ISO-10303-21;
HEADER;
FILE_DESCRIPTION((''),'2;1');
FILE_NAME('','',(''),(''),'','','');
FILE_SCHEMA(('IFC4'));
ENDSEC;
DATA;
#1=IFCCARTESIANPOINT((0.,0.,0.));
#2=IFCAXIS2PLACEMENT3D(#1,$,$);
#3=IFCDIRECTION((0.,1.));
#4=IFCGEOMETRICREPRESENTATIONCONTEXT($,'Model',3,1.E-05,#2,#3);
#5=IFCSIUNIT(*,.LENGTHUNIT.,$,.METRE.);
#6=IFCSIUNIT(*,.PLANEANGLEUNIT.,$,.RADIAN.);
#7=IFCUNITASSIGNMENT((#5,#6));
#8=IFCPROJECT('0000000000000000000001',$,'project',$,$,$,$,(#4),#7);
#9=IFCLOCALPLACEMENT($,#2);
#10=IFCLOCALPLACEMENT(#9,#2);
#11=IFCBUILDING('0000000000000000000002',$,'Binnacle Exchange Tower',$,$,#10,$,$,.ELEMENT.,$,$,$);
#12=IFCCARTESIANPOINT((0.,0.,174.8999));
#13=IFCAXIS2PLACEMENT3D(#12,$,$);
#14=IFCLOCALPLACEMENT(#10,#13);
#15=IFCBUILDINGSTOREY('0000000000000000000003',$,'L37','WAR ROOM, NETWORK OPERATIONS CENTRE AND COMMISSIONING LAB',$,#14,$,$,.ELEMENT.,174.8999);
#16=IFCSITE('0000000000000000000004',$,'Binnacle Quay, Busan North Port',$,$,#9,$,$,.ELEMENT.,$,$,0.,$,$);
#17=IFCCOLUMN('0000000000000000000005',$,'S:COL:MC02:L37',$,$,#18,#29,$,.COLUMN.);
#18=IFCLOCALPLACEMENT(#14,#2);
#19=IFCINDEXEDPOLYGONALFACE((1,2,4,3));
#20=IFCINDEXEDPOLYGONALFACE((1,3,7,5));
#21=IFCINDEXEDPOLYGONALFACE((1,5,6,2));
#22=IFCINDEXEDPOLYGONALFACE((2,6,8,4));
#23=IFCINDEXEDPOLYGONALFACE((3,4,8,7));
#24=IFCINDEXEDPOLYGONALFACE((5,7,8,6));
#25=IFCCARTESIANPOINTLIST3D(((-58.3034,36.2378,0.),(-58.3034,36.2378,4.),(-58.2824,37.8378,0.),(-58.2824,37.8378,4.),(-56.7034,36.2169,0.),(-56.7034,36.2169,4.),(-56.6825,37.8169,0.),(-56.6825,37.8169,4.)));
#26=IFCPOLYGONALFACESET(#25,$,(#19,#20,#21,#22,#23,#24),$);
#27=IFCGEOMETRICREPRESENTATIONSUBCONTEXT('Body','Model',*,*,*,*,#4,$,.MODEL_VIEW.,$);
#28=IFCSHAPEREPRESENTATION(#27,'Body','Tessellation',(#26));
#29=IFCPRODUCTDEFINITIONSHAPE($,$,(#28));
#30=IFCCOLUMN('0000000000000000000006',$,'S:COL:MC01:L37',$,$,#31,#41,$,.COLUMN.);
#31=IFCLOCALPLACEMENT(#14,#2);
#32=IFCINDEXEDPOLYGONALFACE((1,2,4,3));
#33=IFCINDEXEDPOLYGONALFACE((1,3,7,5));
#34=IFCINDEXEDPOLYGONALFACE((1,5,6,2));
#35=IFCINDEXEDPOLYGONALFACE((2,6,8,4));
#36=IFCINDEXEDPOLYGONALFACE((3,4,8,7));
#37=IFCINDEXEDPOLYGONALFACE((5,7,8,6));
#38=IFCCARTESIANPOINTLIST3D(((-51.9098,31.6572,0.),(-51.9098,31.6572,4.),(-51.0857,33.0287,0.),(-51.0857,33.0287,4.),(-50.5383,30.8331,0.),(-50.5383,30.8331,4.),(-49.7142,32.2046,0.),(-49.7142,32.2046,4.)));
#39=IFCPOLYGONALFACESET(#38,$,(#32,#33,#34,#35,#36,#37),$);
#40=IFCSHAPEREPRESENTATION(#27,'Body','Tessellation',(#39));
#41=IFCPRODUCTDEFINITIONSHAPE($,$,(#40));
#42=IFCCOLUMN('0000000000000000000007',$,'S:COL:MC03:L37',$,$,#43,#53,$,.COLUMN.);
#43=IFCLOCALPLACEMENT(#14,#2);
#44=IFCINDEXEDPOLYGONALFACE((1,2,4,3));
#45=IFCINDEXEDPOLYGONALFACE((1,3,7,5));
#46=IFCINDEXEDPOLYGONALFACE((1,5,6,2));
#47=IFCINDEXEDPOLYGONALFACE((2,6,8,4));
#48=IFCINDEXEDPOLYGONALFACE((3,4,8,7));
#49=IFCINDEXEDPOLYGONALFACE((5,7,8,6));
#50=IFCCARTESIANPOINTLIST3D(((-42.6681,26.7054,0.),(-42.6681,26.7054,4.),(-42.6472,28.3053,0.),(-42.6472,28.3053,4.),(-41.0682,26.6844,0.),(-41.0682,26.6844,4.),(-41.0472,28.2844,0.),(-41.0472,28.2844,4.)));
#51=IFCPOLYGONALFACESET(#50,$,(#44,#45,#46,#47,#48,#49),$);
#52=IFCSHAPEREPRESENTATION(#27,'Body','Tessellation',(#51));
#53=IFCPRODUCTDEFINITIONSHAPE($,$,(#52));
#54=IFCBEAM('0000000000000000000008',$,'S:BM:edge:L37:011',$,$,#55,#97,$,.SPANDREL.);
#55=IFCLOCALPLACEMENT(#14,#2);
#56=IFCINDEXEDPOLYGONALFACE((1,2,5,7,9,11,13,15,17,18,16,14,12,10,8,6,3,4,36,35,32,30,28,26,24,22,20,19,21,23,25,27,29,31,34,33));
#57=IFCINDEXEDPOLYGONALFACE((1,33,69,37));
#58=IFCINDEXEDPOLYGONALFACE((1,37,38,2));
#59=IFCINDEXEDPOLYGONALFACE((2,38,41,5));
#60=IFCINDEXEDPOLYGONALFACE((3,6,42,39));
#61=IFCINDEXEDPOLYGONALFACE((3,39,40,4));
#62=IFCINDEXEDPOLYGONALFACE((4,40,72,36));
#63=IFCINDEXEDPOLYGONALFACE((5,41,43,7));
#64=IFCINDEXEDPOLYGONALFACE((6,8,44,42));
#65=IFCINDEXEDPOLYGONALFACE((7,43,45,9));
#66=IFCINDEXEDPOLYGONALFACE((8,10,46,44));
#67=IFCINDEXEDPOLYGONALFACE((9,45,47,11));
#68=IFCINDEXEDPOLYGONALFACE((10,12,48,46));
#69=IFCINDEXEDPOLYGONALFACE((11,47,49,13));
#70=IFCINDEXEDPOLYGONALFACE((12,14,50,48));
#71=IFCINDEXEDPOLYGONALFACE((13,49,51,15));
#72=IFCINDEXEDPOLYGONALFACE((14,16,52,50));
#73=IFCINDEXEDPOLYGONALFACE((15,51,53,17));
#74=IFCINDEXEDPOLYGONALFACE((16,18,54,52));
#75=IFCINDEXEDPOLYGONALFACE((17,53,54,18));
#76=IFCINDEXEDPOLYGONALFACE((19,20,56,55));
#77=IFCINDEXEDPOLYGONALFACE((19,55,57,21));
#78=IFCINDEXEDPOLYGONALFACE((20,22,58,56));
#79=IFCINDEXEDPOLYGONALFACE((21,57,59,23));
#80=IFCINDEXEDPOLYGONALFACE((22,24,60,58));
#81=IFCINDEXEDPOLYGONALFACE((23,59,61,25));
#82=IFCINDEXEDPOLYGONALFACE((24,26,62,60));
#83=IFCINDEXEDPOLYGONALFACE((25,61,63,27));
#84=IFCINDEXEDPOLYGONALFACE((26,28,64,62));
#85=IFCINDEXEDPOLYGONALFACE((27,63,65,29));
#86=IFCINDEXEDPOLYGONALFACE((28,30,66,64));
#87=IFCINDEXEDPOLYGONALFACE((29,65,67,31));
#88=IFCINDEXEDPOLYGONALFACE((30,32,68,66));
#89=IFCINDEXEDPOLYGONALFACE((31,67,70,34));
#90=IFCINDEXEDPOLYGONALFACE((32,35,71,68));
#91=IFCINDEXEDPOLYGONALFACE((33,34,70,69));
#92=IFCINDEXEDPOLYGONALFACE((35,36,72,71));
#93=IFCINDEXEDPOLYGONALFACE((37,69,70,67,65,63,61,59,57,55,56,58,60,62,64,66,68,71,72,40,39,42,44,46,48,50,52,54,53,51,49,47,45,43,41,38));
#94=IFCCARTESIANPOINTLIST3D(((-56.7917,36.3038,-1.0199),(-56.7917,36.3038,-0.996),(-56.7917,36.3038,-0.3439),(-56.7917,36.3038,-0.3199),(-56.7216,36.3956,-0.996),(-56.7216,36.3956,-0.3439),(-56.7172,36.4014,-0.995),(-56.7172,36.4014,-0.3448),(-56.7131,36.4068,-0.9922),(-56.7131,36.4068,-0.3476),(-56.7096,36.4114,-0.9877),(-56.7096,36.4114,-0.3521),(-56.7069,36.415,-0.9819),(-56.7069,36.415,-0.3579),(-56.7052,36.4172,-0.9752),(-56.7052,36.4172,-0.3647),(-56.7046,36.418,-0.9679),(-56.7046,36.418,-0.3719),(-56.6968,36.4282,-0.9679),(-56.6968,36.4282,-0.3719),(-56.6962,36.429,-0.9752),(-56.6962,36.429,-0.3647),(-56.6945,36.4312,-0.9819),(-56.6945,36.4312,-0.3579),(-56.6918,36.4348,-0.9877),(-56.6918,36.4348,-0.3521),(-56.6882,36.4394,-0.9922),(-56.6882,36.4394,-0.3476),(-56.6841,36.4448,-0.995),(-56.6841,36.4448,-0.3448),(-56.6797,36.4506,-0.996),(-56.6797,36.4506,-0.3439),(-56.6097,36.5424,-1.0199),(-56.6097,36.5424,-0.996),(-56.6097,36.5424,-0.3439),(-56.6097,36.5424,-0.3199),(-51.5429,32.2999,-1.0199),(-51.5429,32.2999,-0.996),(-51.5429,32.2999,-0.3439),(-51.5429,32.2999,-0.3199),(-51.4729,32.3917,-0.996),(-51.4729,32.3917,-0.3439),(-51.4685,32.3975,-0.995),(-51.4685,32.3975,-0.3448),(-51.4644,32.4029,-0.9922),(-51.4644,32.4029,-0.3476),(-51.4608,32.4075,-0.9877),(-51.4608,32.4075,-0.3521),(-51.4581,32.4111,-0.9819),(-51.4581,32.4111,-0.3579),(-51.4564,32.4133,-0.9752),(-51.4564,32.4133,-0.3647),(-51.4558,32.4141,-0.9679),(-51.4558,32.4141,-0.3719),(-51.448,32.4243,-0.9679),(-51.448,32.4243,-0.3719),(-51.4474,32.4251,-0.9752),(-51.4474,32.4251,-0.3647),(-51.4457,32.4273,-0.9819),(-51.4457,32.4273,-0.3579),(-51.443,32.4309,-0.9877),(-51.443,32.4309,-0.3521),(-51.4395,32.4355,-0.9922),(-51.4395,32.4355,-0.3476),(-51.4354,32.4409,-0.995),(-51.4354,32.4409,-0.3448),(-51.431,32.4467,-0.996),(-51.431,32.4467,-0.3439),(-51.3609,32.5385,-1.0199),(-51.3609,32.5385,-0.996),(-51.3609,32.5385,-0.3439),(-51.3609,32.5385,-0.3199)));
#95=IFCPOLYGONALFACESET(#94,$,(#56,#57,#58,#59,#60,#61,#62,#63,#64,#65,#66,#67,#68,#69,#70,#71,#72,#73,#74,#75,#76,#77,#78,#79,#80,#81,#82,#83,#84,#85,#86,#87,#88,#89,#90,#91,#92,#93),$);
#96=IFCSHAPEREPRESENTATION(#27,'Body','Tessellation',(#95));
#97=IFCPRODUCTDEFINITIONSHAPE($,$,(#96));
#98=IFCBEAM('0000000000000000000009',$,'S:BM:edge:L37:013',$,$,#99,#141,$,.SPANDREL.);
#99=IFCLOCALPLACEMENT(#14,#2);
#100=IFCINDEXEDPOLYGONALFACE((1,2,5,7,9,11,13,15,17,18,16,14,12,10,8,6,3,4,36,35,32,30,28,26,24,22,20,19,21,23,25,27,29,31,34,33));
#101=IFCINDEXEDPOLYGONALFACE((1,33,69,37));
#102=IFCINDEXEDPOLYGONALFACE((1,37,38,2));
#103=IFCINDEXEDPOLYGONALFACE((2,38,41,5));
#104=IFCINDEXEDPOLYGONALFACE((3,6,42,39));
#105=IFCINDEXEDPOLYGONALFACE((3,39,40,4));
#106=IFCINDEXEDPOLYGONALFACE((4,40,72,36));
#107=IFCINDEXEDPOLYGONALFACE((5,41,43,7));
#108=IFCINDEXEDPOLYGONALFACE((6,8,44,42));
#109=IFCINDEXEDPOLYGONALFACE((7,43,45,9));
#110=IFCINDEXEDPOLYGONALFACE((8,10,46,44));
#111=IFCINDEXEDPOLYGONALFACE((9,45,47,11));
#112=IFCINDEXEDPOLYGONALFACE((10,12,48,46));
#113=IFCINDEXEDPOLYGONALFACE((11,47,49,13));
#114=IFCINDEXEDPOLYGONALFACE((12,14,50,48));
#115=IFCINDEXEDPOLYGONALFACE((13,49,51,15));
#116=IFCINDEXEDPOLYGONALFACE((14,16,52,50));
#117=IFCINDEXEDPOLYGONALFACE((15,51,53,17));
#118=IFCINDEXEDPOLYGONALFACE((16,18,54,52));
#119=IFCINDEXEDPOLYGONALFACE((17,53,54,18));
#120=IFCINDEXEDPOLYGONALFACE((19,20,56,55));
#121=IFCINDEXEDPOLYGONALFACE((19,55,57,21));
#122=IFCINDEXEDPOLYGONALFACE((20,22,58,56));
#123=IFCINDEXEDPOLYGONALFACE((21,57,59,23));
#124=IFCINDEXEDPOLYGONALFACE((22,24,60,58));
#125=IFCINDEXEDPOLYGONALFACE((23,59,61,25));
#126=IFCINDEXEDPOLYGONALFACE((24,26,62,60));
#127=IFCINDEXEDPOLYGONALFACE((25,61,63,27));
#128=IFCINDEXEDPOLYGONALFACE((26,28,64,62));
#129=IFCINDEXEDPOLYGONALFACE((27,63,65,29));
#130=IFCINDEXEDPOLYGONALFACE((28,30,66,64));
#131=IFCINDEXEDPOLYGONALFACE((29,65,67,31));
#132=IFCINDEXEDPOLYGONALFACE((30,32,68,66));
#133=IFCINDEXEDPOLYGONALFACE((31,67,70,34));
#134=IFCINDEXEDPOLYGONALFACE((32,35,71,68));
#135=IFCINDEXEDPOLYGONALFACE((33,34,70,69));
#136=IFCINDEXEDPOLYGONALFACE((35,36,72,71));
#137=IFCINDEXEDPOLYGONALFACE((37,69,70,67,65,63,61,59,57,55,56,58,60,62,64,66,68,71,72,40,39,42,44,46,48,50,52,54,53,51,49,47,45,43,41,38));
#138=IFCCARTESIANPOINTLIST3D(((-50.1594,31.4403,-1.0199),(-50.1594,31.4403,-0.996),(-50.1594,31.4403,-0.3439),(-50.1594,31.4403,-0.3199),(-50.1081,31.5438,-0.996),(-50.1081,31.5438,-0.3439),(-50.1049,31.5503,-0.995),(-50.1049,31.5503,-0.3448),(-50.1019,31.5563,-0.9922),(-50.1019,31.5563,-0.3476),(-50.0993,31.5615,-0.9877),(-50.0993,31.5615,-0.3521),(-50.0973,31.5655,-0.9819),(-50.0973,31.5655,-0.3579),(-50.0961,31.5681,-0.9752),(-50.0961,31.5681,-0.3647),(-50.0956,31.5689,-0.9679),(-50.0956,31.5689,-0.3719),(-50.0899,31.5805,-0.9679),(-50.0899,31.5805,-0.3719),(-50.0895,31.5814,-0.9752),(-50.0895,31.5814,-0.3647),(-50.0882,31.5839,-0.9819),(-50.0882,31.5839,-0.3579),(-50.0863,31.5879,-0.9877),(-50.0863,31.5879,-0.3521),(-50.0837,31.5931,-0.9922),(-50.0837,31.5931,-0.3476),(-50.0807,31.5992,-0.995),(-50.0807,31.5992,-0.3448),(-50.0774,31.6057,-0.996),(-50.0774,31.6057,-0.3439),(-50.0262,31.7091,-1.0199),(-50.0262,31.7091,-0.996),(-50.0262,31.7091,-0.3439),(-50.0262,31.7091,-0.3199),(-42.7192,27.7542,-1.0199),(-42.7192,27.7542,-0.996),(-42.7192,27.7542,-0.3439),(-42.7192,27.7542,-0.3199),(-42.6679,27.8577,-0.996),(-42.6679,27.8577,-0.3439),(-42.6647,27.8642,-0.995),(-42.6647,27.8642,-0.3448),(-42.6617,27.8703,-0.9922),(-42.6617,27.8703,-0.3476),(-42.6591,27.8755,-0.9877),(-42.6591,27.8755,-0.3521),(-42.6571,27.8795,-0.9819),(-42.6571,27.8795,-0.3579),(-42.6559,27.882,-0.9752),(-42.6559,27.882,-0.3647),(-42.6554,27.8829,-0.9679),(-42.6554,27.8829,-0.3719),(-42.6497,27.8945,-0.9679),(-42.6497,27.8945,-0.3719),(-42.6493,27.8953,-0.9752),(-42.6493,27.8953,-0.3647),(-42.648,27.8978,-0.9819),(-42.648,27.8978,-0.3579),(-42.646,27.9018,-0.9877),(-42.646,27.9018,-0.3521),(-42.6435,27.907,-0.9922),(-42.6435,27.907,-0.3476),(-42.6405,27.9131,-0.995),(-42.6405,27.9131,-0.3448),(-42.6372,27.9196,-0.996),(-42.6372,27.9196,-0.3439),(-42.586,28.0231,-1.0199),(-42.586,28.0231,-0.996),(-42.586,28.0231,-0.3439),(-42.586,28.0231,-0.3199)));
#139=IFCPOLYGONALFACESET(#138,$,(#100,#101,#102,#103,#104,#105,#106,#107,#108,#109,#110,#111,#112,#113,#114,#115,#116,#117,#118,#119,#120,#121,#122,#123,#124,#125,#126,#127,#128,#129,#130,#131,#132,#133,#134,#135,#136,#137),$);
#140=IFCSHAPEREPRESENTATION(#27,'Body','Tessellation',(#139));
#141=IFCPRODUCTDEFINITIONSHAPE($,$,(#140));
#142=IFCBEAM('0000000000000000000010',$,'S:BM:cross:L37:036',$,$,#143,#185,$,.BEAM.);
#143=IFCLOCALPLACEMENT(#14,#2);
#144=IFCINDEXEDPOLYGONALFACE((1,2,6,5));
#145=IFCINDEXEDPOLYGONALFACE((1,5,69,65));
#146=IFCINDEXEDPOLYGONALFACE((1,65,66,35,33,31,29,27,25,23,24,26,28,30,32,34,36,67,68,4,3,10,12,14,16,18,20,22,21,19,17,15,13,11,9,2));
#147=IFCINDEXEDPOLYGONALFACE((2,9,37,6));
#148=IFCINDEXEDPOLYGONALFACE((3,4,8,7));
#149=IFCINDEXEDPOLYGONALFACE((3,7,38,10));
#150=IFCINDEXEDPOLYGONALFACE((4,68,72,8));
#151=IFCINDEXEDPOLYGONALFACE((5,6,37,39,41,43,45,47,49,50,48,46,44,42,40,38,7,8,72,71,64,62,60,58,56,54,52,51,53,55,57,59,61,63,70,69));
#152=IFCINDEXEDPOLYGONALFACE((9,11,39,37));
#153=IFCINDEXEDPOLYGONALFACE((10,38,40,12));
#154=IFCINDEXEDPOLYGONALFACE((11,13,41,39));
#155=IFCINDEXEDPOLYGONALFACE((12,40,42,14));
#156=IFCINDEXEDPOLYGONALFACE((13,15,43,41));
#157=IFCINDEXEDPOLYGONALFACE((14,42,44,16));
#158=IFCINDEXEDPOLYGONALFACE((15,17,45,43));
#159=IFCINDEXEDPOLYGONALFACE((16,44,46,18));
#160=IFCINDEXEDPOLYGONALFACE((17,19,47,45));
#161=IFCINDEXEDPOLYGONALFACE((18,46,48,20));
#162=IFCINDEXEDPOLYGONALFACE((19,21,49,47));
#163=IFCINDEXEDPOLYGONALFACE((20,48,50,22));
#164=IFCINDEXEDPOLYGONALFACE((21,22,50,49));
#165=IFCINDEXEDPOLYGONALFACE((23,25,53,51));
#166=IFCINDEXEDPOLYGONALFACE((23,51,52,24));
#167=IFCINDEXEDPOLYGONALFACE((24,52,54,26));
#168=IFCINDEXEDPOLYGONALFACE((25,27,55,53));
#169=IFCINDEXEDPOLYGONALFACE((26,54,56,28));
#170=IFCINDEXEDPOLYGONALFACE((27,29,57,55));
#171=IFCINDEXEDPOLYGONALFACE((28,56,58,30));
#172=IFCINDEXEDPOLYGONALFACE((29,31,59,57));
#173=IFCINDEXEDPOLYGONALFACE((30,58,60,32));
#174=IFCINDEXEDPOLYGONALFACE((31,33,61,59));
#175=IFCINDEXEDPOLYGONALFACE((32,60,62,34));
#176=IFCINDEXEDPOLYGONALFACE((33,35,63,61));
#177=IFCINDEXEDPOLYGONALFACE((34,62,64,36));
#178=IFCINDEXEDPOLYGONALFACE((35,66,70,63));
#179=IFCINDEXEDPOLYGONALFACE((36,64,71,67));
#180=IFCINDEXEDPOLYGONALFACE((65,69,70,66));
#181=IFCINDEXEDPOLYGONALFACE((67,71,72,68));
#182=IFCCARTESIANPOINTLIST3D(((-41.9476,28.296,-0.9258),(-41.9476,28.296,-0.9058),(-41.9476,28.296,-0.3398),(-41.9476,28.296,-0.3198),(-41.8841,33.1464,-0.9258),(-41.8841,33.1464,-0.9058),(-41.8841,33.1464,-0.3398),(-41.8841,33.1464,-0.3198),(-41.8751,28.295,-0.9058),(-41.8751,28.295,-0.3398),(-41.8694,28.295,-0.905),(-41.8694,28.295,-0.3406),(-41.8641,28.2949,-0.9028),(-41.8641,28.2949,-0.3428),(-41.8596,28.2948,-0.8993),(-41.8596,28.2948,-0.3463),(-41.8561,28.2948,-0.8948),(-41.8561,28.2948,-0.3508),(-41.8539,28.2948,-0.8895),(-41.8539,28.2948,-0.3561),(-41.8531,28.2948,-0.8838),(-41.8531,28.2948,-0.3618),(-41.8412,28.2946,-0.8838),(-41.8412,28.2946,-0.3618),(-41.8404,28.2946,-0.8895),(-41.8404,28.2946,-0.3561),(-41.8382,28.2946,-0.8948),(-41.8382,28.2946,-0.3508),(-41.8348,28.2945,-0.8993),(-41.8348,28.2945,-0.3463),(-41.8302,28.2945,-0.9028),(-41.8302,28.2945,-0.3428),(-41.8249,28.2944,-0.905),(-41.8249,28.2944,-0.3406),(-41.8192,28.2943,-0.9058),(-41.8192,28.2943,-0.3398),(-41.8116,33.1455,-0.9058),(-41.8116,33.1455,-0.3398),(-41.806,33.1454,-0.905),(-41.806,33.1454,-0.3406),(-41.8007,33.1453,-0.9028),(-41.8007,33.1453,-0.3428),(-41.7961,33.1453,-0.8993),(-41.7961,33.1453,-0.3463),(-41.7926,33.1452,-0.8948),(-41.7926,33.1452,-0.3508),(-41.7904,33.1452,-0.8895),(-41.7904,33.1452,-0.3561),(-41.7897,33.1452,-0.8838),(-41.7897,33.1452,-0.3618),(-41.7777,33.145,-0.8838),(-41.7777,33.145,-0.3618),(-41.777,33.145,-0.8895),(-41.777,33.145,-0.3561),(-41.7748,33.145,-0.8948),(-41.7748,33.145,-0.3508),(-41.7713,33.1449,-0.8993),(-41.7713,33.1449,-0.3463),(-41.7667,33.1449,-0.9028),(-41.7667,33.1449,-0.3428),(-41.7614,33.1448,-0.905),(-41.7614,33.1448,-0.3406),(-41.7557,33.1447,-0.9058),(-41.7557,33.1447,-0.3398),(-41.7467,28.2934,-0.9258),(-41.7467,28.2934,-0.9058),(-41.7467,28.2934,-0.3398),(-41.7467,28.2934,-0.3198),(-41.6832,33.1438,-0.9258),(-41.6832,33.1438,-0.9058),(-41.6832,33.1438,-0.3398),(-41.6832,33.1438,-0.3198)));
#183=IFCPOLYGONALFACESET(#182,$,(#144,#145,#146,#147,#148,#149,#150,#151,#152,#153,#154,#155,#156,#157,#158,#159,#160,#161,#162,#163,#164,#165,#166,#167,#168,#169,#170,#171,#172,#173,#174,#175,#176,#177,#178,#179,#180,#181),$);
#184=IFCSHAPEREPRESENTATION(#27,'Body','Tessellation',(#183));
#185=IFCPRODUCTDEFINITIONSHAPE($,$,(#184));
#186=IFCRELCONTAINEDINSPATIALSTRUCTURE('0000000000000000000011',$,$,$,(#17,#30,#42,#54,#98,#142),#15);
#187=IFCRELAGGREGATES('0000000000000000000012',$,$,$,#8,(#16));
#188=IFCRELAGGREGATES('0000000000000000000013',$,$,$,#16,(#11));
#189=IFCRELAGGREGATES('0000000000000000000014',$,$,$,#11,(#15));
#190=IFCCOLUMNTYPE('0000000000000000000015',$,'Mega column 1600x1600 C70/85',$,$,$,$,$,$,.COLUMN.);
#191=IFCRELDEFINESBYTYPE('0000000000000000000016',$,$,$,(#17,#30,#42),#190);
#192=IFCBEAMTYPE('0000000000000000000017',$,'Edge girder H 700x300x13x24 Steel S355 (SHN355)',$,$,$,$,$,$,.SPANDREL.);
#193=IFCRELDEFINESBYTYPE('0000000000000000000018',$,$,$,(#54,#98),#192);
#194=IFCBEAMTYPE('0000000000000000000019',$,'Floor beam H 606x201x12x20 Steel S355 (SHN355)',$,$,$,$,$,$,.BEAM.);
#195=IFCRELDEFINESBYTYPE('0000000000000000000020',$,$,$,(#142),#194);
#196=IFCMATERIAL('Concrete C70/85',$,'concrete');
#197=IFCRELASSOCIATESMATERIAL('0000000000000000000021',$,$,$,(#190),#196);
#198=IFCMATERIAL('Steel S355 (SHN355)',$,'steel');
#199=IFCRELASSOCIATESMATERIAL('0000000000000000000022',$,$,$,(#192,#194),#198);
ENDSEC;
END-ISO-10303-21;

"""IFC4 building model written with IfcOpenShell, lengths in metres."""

from ifc_helpers import new_model, si_unit, direction, frame, origin, origin_2d, place, context, subcontext, project, spatial, rectangle, i_section, extrude, material, material_profile, profile_set, type_object, element, save


model = new_model("IFC4")

# Units and contexts
model_context = context("Model", 3, precision=1e-05, world=origin(), true_north=direction((0.0, 1.0)))
body_context = subcontext(model_context, "Body", "Model", "MODEL_VIEW")
ifc_project = project(units=[si_unit("LENGTHUNIT", "METRE"), si_unit("PLANEANGLEUNIT", "RADIAN")], contexts=[model_context])

# Site, building, storey
site_placement = place(None, origin())
site = spatial("IfcSite", under=ifc_project, at=site_placement, Name="Binnacle Quay, Busan North Port", CompositionType="ELEMENT", RefElevation=0.0)
building_placement = place(site_placement, origin())
building = spatial("IfcBuilding", under=site, at=building_placement, Name="Binnacle Exchange Tower", CompositionType="ELEMENT")
storey_placement = place(building_placement, frame((0.0, 0.0, 174.8999)))
storey = spatial("IfcBuildingStorey", under=building, at=storey_placement, Name="L37", Description="WAR ROOM, NETWORK OPERATIONS CENTRE AND COMMISSIONING LAB", CompositionType="ELEMENT", Elevation=174.8999)

# Columns
ifc_material_1 = material(Name="Concrete C70/85", Category="concrete")
ifc_material_profile_1 = material_profile(ifc_material_1, rectangle(XDim=1.6001, YDim=1.6001, at=origin_2d()), Name="Mega column 1600x1600 C70/85")
ifc_profile_set_1 = profile_set([ifc_material_profile_1], Name="Concrete C70/85")
column_type = type_object("IfcColumnType", Name="Mega column 1600x1600 C70/85", PredefinedType="COLUMN", material=ifc_profile_set_1)
for number, where, z_axis, x_axis, name in (
    (1, (-57.4929, 37.0273, 0.0), (0.0, 0.0, 1.0), (-0.01309, -0.999914, 0.0), "S:COL:MC02:L37"),
    (2, (-50.812, 31.9309, 0.0), (0.0, 0.0, 1.0), (0.857167, -0.515038, 0.0), "S:COL:MC01:L37"),
    (3, (-41.8577, 27.4949, 0.0), (0.0, 0.0, 1.0), (0.999914, -0.01309, 0.0), "S:COL:MC03:L37"),
):
    element("IfcColumn", number, at=place(storey_placement, frame(where, z_axis=z_axis, x_axis=x_axis)), inside=storey, type_object=column_type, Name=name, PredefinedType="COLUMN", context=body_context, shape_type="SweptSolid", body=[
        extrude(rectangle(XDim=1.6001, YDim=1.6001, at=origin_2d()), origin(), (0.0, 0.0, 1.0), 4.0),
    ])

# Beams
ifc_material_2 = material(Name="Steel S355 (SHN355)", Category="steel")
ifc_material_profile_2 = material_profile(ifc_material_2, i_section(OverallWidth=0.3, OverallDepth=0.7, WebThickness=0.0129, FlangeThickness=0.0239, FilletRadius=0.0281, at=origin_2d()), Name="H 700x300x13x24")
ifc_profile_set_2 = profile_set([ifc_material_profile_2], Name="Steel S355 (SHN355)")
beam_type_1 = type_object("IfcBeamType", Name="Edge girder H 700x300x13x24 Steel S355 (SHN355)", PredefinedType="SPANDREL", material=ifc_profile_set_2)
beam_1_placement = place(storey_placement, frame((-56.7007, 36.4231, -0.6699), z_axis=(0.795078, -0.606507, 0.0), x_axis=(0.606507, 0.795078, 0.0)))
element("IfcBeam", 4, at=beam_1_placement, inside=storey, type_object=beam_type_1, Name="S:BM:edge:L37:011", PredefinedType="SPANDREL", context=body_context, shape_type="SweptSolid", body=[
    extrude(i_section(OverallWidth=0.3, OverallDepth=0.7, WebThickness=0.0129, FlangeThickness=0.0239, FilletRadius=0.0281, at=origin_2d()), origin(), (0.0, 0.0, 1.0), 6.6016),
])
beam_2_placement = place(storey_placement, frame((-50.0928, 31.5747, -0.6699), z_axis=(0.896062, -0.443929, 0.0), x_axis=(0.443929, 0.896062, 0.0)))
element("IfcBeam", 5, at=beam_2_placement, inside=storey, type_object=beam_type_1, Name="S:BM:edge:L37:013", PredefinedType="SPANDREL", context=body_context, shape_type="SweptSolid", body=[
    extrude(i_section(OverallWidth=0.3, OverallDepth=0.7, WebThickness=0.0129, FlangeThickness=0.0239, FilletRadius=0.0281, at=origin_2d()), origin(), (0.0, 0.0, 1.0), 8.3032),
])
ifc_material_profile_3 = material_profile(ifc_material_2, i_section(OverallWidth=0.2009, OverallDepth=0.606, WebThickness=0.012, FlangeThickness=0.02, FilletRadius=0.022, at=origin_2d()), Name="H 606x201x12x20")
ifc_profile_set_3 = profile_set([ifc_material_profile_3], Name="Steel S355 (SHN355)")
beam_type_2 = type_object("IfcBeamType", Name="Floor beam H 606x201x12x20 Steel S355 (SHN355)", PredefinedType="BEAM", material=ifc_profile_set_3)
beam_3_placement = place(storey_placement, frame((-41.8472, 28.2947, -0.6228), z_axis=(0.013086, 0.999914, 0.0), x_axis=(-0.999914, 0.013086, 0.0)))
element("IfcBeam", 6, at=beam_3_placement, inside=storey, type_object=beam_type_2, Name="S:BM:cross:L37:036", PredefinedType="BEAM", context=body_context, shape_type="SweptSolid", body=[
    extrude(i_section(OverallWidth=0.2009, OverallDepth=0.606, WebThickness=0.012, FlangeThickness=0.02, FilletRadius=0.022, at=origin_2d()), origin(), (0.0, 0.0, 1.0), 4.8508),
])

save(model, "model.ifc")
